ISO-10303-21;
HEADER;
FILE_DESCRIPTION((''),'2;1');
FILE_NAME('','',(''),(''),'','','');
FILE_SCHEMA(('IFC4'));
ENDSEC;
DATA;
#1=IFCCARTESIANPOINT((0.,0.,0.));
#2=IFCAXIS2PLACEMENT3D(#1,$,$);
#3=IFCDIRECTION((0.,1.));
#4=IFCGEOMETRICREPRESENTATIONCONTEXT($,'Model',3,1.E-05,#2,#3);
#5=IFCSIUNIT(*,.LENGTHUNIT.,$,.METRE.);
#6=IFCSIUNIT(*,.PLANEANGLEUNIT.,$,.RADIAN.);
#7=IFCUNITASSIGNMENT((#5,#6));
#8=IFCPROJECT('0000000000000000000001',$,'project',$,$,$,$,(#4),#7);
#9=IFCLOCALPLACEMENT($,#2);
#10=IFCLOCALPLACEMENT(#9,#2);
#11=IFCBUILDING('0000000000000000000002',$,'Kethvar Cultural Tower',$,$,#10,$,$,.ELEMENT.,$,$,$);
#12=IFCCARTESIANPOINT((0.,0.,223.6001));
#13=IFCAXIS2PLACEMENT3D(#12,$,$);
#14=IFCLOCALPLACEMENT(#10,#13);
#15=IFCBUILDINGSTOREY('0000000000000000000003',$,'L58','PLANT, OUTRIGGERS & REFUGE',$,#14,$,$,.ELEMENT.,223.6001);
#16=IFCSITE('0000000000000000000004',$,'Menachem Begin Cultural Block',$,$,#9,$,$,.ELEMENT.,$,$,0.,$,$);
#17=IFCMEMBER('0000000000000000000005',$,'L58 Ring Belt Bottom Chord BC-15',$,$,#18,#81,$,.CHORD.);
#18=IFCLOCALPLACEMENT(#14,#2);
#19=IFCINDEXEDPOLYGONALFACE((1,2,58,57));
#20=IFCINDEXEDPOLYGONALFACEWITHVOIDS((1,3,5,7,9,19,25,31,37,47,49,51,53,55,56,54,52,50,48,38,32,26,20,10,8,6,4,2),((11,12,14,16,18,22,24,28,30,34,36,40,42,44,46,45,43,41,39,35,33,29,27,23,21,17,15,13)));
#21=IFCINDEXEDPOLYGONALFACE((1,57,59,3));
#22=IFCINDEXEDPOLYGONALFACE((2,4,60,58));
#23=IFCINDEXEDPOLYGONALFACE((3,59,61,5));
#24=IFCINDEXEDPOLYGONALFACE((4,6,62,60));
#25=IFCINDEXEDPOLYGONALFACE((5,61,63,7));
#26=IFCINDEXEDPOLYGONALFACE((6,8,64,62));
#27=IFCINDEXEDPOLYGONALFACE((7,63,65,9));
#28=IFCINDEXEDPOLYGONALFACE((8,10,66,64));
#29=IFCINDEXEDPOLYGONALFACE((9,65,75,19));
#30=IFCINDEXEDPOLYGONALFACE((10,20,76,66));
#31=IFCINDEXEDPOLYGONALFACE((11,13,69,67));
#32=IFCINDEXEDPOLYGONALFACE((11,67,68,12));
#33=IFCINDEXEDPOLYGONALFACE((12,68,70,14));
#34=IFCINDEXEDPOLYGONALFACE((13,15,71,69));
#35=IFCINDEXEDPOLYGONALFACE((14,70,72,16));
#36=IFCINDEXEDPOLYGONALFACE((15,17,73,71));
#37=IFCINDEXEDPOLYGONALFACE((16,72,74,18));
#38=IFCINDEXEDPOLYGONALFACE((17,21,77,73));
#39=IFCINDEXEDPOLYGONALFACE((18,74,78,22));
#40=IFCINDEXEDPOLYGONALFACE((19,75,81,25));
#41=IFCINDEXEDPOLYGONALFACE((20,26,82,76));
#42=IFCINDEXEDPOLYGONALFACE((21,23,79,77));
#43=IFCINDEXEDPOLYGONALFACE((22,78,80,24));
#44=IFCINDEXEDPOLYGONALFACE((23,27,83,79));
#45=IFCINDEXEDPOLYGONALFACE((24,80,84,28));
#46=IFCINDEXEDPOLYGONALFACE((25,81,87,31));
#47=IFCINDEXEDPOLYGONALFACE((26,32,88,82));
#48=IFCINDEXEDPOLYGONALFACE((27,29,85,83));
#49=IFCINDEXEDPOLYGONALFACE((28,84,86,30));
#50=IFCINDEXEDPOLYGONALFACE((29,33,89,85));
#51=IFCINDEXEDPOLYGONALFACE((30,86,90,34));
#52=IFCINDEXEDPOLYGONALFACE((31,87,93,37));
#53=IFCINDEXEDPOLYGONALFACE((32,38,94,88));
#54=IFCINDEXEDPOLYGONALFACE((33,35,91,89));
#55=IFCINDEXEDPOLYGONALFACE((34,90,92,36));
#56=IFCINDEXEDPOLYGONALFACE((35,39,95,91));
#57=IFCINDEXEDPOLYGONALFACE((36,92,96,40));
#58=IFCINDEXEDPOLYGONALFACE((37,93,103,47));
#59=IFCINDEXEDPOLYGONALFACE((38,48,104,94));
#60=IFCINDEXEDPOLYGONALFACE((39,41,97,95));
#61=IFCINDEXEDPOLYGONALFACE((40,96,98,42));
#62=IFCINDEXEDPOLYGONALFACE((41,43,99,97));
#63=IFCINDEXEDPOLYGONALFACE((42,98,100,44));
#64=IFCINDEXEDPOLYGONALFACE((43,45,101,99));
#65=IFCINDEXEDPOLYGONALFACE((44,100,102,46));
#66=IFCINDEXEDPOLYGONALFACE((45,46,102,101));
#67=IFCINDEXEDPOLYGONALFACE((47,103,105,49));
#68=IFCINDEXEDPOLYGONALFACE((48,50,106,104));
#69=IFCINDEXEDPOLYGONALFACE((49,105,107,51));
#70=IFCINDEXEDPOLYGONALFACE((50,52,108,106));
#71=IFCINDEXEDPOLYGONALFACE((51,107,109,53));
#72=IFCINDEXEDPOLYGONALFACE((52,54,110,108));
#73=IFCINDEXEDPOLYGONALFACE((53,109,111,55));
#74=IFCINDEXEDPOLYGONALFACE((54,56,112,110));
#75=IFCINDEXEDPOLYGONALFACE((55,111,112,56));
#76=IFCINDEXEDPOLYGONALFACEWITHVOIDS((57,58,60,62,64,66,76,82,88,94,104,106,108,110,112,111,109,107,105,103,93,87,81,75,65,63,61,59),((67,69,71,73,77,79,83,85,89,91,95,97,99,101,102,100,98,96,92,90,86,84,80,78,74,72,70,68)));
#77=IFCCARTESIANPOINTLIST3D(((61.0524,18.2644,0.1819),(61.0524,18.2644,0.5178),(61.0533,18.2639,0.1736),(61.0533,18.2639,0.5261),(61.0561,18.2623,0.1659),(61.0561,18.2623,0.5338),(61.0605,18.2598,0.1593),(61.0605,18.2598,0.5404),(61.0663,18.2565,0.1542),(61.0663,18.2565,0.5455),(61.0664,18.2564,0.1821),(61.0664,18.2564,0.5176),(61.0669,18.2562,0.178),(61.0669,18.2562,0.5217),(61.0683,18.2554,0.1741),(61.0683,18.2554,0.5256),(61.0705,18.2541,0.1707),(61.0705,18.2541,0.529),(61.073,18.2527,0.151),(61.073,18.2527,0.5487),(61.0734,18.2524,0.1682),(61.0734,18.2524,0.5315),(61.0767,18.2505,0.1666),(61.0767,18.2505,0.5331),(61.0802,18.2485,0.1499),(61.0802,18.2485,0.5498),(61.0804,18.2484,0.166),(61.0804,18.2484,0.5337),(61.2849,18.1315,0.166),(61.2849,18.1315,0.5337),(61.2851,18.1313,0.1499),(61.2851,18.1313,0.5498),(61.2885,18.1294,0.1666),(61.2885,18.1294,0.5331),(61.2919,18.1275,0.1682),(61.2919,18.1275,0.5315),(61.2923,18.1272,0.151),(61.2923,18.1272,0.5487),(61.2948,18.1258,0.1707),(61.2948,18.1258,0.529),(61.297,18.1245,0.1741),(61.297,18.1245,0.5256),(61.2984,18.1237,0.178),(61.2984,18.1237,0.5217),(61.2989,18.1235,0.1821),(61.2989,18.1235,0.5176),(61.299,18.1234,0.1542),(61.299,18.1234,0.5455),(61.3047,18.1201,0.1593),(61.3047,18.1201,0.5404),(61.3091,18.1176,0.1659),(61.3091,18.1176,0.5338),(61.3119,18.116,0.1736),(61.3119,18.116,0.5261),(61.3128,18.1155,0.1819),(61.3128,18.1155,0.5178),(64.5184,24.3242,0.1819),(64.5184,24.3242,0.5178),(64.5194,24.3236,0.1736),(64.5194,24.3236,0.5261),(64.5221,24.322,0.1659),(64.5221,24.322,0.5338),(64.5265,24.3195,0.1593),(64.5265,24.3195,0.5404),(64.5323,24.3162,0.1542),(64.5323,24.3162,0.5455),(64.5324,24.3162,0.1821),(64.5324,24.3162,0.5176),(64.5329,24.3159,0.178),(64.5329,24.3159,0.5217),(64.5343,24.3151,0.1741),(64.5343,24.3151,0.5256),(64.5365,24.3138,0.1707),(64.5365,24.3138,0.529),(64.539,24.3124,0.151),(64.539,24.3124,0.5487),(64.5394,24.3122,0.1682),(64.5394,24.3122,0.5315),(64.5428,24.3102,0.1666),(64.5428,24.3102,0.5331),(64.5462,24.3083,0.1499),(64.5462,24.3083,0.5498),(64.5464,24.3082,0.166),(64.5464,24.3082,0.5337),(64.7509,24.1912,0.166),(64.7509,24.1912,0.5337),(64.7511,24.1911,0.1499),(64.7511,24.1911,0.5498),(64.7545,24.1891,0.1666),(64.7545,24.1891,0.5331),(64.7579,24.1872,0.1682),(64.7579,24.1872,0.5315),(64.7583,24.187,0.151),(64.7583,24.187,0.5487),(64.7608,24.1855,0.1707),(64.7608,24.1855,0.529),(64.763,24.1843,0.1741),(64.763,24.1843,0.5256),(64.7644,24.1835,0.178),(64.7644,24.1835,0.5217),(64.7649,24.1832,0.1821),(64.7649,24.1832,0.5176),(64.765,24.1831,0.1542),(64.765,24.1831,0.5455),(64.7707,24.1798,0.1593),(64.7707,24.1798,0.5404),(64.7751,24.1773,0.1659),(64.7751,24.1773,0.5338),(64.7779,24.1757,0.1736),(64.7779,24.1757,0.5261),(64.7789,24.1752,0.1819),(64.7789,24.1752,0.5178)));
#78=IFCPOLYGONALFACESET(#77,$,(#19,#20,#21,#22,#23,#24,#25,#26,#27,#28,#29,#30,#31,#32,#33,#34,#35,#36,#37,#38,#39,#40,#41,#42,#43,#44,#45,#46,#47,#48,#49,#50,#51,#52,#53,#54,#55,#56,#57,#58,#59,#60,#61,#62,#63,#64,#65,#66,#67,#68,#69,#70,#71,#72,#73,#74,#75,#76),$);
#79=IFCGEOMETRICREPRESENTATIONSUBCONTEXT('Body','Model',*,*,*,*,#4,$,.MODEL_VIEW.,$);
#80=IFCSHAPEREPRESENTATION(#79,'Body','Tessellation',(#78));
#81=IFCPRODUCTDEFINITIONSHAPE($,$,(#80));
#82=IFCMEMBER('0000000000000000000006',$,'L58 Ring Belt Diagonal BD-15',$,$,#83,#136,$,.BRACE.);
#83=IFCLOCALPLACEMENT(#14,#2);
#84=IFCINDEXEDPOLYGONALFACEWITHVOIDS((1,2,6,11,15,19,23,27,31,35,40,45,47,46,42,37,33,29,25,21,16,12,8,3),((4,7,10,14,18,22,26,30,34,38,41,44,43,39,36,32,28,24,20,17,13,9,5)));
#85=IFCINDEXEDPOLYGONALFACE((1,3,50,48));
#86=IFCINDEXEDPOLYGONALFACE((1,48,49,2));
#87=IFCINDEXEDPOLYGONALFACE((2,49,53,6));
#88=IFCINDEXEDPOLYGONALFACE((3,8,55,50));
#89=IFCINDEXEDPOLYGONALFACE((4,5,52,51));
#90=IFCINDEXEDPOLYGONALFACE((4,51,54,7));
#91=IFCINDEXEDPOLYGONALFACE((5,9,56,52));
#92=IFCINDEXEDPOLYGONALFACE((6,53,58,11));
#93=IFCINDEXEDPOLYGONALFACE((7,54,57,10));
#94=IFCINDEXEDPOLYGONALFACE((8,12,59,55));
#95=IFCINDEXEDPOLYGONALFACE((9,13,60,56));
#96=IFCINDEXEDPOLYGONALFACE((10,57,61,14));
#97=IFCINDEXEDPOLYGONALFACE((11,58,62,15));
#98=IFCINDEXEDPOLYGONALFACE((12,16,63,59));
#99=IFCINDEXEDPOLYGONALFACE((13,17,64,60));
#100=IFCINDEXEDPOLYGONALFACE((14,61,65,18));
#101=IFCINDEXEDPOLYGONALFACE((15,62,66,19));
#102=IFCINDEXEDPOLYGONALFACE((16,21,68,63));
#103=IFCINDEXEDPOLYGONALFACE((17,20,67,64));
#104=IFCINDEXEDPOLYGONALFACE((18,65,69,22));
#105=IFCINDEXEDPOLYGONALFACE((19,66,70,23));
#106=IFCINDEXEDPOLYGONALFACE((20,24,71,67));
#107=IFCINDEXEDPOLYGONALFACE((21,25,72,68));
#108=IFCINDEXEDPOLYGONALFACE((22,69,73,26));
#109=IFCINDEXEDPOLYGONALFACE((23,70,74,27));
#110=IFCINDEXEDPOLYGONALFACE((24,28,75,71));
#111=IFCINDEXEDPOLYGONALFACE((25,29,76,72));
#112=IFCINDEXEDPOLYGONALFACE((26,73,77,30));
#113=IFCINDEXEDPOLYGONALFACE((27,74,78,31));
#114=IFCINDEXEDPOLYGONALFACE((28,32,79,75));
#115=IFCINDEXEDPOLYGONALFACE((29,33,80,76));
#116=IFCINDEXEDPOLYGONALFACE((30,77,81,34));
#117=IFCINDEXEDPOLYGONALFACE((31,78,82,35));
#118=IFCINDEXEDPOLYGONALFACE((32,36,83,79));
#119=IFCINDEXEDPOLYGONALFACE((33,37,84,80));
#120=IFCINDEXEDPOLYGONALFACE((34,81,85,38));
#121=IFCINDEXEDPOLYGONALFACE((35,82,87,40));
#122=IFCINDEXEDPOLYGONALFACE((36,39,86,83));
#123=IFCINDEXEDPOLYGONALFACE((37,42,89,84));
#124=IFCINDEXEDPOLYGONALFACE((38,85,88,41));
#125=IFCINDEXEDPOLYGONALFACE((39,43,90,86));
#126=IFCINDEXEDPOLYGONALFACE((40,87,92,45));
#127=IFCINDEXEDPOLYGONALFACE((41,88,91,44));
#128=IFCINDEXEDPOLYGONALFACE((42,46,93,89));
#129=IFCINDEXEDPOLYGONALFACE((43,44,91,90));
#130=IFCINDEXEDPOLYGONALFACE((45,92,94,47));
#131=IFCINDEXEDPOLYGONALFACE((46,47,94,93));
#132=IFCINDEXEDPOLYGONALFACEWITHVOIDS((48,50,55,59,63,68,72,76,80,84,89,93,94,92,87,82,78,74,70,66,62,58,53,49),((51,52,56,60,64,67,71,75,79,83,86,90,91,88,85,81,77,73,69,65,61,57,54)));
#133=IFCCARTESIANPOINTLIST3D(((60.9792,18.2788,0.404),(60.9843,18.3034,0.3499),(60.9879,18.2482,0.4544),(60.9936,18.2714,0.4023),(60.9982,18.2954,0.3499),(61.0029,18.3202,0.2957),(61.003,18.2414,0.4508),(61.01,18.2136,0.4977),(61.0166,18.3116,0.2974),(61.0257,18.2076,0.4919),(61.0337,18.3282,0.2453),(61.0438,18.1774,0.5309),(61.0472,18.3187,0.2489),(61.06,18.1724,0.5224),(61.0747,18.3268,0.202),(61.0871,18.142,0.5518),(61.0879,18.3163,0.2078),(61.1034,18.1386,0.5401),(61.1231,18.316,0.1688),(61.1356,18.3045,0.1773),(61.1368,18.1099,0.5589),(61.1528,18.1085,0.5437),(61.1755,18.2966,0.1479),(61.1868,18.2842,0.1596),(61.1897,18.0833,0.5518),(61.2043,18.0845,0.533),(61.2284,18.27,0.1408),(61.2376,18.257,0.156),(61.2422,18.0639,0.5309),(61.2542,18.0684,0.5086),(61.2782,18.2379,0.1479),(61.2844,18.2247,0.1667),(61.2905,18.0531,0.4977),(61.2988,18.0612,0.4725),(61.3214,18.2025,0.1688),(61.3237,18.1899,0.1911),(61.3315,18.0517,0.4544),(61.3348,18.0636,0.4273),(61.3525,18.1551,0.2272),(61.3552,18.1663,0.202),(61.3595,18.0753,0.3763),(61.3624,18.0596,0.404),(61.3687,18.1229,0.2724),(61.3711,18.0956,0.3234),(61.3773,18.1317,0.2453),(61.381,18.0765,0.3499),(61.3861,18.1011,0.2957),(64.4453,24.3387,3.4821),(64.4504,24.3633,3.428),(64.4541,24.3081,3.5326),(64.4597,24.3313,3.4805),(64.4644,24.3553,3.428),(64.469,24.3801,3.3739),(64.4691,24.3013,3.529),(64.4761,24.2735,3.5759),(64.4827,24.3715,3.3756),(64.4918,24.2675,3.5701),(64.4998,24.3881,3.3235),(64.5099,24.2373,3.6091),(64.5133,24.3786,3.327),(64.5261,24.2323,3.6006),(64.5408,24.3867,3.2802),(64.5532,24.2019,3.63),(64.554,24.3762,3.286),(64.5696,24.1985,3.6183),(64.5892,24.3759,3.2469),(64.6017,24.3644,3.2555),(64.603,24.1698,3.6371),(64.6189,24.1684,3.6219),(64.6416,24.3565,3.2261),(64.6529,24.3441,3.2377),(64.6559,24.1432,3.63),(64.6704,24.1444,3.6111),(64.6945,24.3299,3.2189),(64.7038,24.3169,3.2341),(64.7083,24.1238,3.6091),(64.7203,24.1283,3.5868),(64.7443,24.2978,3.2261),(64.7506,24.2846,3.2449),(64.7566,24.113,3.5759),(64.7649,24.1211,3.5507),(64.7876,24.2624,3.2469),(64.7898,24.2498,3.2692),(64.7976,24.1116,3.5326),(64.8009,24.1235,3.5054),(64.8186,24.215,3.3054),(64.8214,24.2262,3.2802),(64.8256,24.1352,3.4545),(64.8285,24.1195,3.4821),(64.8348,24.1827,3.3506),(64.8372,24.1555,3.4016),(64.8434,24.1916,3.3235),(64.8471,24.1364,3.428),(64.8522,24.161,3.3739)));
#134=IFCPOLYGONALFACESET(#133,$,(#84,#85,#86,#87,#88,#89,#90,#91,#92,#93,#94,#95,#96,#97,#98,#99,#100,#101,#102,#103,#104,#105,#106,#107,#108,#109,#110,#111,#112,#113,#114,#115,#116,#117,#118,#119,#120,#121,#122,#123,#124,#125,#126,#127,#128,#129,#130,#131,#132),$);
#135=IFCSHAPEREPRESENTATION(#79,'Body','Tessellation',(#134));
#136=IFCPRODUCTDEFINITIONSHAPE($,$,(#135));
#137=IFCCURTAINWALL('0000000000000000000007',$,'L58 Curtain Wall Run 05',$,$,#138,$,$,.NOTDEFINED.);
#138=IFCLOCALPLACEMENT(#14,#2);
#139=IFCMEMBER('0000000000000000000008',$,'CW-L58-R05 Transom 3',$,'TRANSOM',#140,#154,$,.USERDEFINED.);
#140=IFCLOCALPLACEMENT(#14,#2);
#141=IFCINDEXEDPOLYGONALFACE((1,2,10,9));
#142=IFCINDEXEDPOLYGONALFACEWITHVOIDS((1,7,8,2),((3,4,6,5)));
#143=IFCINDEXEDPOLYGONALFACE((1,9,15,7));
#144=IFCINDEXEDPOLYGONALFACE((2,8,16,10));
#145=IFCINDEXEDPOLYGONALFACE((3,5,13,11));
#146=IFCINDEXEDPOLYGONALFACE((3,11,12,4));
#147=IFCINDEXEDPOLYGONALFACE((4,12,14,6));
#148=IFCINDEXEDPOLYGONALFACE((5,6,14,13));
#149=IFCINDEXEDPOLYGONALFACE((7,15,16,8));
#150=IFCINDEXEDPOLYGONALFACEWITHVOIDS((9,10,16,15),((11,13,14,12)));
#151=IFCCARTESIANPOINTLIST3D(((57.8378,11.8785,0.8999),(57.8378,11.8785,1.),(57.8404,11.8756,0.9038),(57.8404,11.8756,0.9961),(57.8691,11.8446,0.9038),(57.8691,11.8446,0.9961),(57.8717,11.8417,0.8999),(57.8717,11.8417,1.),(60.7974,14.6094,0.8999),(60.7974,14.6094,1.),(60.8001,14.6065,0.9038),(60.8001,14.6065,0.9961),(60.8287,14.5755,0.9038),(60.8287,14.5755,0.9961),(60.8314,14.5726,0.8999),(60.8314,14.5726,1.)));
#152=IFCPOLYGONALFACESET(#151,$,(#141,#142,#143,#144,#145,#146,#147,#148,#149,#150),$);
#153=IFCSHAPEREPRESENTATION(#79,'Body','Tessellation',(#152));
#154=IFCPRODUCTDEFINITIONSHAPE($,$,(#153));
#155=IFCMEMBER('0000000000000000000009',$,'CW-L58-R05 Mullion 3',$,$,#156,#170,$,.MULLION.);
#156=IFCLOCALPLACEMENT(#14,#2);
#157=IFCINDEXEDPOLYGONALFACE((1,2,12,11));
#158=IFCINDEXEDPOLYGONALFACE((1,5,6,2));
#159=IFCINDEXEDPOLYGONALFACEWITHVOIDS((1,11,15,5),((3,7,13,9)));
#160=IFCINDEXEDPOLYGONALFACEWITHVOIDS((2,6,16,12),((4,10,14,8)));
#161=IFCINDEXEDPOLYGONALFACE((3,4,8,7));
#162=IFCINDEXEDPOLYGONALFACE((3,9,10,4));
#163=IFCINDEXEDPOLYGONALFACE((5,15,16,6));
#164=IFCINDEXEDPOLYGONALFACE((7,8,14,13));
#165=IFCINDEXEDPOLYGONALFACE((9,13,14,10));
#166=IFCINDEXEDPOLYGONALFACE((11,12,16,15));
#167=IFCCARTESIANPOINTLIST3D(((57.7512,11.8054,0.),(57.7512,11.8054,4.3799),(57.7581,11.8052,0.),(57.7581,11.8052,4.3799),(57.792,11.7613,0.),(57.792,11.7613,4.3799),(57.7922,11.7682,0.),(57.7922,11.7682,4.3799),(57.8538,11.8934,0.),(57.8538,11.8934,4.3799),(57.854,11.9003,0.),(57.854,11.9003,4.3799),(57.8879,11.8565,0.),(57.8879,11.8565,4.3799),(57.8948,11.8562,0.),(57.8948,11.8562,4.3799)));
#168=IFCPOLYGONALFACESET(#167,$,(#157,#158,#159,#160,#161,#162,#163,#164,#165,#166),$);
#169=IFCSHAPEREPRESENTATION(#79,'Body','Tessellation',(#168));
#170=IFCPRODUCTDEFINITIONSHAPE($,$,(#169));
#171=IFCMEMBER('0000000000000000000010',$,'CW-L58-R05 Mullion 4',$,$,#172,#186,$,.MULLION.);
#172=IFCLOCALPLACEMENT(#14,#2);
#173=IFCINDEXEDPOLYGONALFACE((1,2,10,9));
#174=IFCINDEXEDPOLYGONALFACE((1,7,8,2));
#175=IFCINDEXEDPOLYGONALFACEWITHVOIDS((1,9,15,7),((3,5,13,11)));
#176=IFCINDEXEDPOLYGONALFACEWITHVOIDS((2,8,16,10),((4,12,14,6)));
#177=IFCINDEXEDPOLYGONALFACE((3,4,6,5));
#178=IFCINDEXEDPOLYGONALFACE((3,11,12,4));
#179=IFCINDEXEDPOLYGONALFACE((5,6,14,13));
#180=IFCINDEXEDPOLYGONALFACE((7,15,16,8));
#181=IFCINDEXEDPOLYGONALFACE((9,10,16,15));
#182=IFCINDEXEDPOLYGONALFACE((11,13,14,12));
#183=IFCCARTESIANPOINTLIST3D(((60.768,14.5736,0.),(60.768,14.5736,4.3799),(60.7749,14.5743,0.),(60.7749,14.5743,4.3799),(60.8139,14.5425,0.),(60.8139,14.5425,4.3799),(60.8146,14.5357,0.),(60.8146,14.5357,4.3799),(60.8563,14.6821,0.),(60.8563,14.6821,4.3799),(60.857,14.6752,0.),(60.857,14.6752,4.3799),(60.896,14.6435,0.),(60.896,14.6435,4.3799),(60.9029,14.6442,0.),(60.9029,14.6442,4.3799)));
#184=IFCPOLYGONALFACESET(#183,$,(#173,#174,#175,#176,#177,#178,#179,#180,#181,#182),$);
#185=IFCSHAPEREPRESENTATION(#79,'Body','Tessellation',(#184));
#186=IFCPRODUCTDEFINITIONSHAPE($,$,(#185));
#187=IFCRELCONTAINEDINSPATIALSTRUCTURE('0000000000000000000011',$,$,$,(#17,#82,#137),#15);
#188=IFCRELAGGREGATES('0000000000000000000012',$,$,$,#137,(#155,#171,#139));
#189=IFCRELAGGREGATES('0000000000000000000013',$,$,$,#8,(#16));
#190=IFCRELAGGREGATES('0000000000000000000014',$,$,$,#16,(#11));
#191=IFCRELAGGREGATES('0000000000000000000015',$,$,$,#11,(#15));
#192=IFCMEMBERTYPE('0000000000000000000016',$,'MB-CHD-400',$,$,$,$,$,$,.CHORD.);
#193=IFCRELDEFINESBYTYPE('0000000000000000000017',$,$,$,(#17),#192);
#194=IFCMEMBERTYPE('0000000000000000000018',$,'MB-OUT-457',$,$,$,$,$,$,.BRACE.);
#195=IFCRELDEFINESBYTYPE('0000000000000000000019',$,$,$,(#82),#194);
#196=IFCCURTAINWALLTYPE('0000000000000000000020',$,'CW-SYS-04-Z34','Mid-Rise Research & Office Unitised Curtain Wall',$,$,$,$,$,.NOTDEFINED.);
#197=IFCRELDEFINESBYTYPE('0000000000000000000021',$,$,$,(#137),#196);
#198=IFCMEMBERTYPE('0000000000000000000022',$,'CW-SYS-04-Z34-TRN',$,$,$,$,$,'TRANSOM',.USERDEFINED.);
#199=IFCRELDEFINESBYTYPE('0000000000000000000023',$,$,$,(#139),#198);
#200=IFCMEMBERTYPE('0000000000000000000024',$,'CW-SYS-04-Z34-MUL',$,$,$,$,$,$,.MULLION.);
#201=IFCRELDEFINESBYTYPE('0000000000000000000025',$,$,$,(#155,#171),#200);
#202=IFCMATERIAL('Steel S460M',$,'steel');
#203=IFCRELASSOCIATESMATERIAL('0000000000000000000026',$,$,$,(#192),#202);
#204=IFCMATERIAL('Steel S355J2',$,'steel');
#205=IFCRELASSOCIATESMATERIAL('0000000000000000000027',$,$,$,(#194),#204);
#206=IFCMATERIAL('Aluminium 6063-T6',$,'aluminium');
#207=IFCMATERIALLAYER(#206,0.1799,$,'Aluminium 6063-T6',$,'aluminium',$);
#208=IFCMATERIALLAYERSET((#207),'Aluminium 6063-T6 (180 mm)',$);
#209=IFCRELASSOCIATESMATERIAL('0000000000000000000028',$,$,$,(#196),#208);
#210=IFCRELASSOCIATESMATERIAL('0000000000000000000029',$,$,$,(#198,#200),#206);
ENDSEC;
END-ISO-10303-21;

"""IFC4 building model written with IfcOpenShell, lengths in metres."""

from ifc_helpers import new_model, si_unit, direction, frame, origin, origin_2d, place, context, subcontext, project, spatial, hollow_rectangle, hollow_circle, extrude, source, transform, mapped, material, layer, layer_set, material_profile, profile_set, type_object, element, aggregate, save


model = new_model("IFC4")

# Units and contexts
model_context = context("Model", 3, precision=1e-05, world=origin(), true_north=direction((0.0, 1.0)))
body_context = subcontext(model_context, "Body", "Model", "MODEL_VIEW")
ifc_project = project(units=[si_unit("LENGTHUNIT", "METRE"), si_unit("PLANEANGLEUNIT", "RADIAN")], contexts=[model_context])

# Site, building, storey
site_placement = place(None, origin())
site = spatial("IfcSite", under=ifc_project, at=site_placement, Name="Menachem Begin Cultural Block", CompositionType="ELEMENT", RefElevation=0.0)
building_placement = place(site_placement, origin())
building = spatial("IfcBuilding", under=site, at=building_placement, Name="Kethvar Cultural Tower", CompositionType="ELEMENT")
storey_placement = place(building_placement, frame((0.0, 0.0, 223.6001)))
storey = spatial("IfcBuildingStorey", under=building, at=storey_placement, Name="L58", Description="PLANT, OUTRIGGERS & REFUGE", CompositionType="ELEMENT", Elevation=223.6001)

# Shared definitions
ifc_material_1 = material(Name="Steel S460M", Category="steel")

# Shared definitions
ifc_material_profile_1 = material_profile(ifc_material_1, hollow_rectangle(XDim=0.3, YDim=0.3999, WallThickness=0.0161, InnerFilletRadius=0.0161, OuterFilletRadius=0.032, at=origin_2d()), Name="Steel S460M — RHS400x300x16")
ifc_profile_set_1 = profile_set([ifc_material_profile_1], Name="Steel S460M — RHS400x300x16")
member_type_1 = type_object("IfcMemberType", Name="MB-CHD-400", PredefinedType="CHORD", material=ifc_profile_set_1)
ifc_material_2 = material(Name="Steel S355J2", Category="steel")
ifc_material_profile_2 = material_profile(ifc_material_2, hollow_circle(Radius=0.2285, WallThickness=0.0161, at=origin_2d()), Name="Steel S355J2 — CHS457x16")
ifc_profile_set_2 = profile_set([ifc_material_profile_2], Name="Steel S355J2 — CHS457x16")
member_type_2 = type_object("IfcMemberType", Name="MB-OUT-457", PredefinedType="BRACE", material=ifc_profile_set_2)

# Members
shared_shape_1 = source(origin(), body_context, "Body", "SweptSolid", [
    extrude(hollow_rectangle(XDim=0.3, YDim=0.3999, WallThickness=0.0161, InnerFilletRadius=0.0161, OuterFilletRadius=0.032, at=origin_2d()), origin(), (0.0, 0.0, 1.0), 6.981),
])
member_1_placement = place(storey_placement, frame((61.1826, 18.1899, 0.3499), z_axis=(0.496497, 0.868039, 0.0), x_axis=(-0.868039, 0.496497, 0.0)))
element("IfcMember", 1, at=member_1_placement, inside=storey, type_object=member_type_1, Name="L58 Ring Belt Bottom Chord BC-15", PredefinedType="CHORD", context=body_context, shape_type="MappedRepresentation", body=[
    mapped(shared_shape_1, transform((0.0, 0.0, 0.0), scale=1.0)),
])
shared_shape_2 = source(origin(), body_context, "Body", "SweptSolid", [
    extrude(hollow_circle(Radius=0.2285, WallThickness=0.0161, at=origin_2d()), origin(), (0.0, 0.0, 1.0), 7.6296),
])
member_2_placement = place(storey_placement, frame((61.1826, 18.1899, 0.3499), z_axis=(0.454296, 0.794257, 0.403449), x_axis=(-0.868039, 0.496497, 0.0)))
element("IfcMember", 2, at=member_2_placement, inside=storey, type_object=member_type_2, Name="L58 Ring Belt Diagonal BD-15", PredefinedType="BRACE", context=body_context, shape_type="MappedRepresentation", body=[
    mapped(shared_shape_2, transform((0.0, 0.0, 0.0), scale=1.0)),
])

# Curtain wall, members
ifc_material_3 = material(Name="Aluminium 6063-T6", Category="aluminium")
ifc_layer_1 = layer(ifc_material_3, 0.1799, Name="Aluminium 6063-T6", Category="aluminium")
ifc_layer_set_1 = layer_set([ifc_layer_1], Name="Aluminium 6063-T6 (180 mm)")
curtain_wall_type = type_object("IfcCurtainWallType", Name="CW-SYS-04-Z34", Description="Mid-Rise Research & Office Unitised Curtain Wall", PredefinedType="NOTDEFINED", material=ifc_layer_set_1)
curtain_wall_placement = place(storey_placement, origin())
curtain_wall = element("IfcCurtainWall", 3, at=curtain_wall_placement, inside=storey, type_object=curtain_wall_type, Name="L58 Curtain Wall Run 05", PredefinedType="NOTDEFINED")
ifc_material_profile_3 = material_profile(ifc_material_3, hollow_rectangle(XDim=0.05, YDim=0.1001, WallThickness=0.0039, at=origin_2d()), Name="Aluminium 6063-T6 — RHS100x50x4")
ifc_profile_set_3 = profile_set([ifc_material_profile_3], Name="Aluminium 6063-T6 — RHS100x50x4")
member_type_3 = type_object("IfcMemberType", Name="CW-SYS-04-Z34-TRN", ElementType="TRANSOM", PredefinedType="USERDEFINED", material=ifc_profile_set_3)
shared_shape_3 = source(origin(), body_context, "Body", "SweptSolid", [
    extrude(hollow_rectangle(XDim=0.05, YDim=0.1001, WallThickness=0.0039, at=origin_2d()), origin(), (0.0, 0.0, 1.0), 4.0271),
])
member_3_placement = place(storey_placement, frame((57.8547, 11.8601, 0.95), z_axis=(0.734938, 0.678134, 0.0), x_axis=(-0.678134, 0.734938, 0.0)))
member_3 = element("IfcMember", 4, at=member_3_placement, type_object=member_type_3, Name="CW-L58-R05 Transom 3", ObjectType="TRANSOM", PredefinedType="USERDEFINED", context=body_context, shape_type="MappedRepresentation", body=[
    mapped(shared_shape_3, transform((0.0, 0.0, 0.0), scale=1.0)),
])
ifc_material_profile_4 = material_profile(ifc_material_3, hollow_rectangle(XDim=0.0601, YDim=0.1399, WallThickness=0.0049, at=origin_2d()), Name="Aluminium 6063-T6 — RHS140x60x5")
ifc_profile_set_4 = profile_set([ifc_material_profile_4], Name="Aluminium 6063-T6 — RHS140x60x5")
member_type_4 = type_object("IfcMemberType", Name="CW-SYS-04-Z34-MUL", PredefinedType="MULLION", material=ifc_profile_set_4)
shared_shape_4 = source(origin(), body_context, "Body", "SweptSolid", [
    extrude(hollow_rectangle(XDim=0.0601, YDim=0.1399, WallThickness=0.0049, at=origin_2d()), origin(), (0.0, 0.0, 1.0), 4.3799),
])
member_4_placement = place(storey_placement, frame((57.823, 11.8308, 0.0), z_axis=(0.0, 0.0, 1.0), x_axis=(-0.678134, 0.734938, 0.0)))
member_4 = element("IfcMember", 5, at=member_4_placement, type_object=member_type_4, Name="CW-L58-R05 Mullion 3", PredefinedType="MULLION", context=body_context, shape_type="MappedRepresentation", body=[
    mapped(shared_shape_4, transform((0.0, 0.0, 0.0), scale=1.0)),
])
member_5_placement = place(storey_placement, frame((60.8354, 14.6089, 0.0), z_axis=(0.0, 0.0, 1.0), x_axis=(-0.775859, 0.630906, 0.0)))
member_5 = element("IfcMember", 6, at=member_5_placement, type_object=member_type_4, Name="CW-L58-R05 Mullion 4", PredefinedType="MULLION", context=body_context, shape_type="MappedRepresentation", body=[
    mapped(shared_shape_4, transform((0.0, 0.0, 0.0), scale=1.0)),
])

aggregate(curtain_wall, [member_4, member_5, member_3])

save(model, "model.ifc")
